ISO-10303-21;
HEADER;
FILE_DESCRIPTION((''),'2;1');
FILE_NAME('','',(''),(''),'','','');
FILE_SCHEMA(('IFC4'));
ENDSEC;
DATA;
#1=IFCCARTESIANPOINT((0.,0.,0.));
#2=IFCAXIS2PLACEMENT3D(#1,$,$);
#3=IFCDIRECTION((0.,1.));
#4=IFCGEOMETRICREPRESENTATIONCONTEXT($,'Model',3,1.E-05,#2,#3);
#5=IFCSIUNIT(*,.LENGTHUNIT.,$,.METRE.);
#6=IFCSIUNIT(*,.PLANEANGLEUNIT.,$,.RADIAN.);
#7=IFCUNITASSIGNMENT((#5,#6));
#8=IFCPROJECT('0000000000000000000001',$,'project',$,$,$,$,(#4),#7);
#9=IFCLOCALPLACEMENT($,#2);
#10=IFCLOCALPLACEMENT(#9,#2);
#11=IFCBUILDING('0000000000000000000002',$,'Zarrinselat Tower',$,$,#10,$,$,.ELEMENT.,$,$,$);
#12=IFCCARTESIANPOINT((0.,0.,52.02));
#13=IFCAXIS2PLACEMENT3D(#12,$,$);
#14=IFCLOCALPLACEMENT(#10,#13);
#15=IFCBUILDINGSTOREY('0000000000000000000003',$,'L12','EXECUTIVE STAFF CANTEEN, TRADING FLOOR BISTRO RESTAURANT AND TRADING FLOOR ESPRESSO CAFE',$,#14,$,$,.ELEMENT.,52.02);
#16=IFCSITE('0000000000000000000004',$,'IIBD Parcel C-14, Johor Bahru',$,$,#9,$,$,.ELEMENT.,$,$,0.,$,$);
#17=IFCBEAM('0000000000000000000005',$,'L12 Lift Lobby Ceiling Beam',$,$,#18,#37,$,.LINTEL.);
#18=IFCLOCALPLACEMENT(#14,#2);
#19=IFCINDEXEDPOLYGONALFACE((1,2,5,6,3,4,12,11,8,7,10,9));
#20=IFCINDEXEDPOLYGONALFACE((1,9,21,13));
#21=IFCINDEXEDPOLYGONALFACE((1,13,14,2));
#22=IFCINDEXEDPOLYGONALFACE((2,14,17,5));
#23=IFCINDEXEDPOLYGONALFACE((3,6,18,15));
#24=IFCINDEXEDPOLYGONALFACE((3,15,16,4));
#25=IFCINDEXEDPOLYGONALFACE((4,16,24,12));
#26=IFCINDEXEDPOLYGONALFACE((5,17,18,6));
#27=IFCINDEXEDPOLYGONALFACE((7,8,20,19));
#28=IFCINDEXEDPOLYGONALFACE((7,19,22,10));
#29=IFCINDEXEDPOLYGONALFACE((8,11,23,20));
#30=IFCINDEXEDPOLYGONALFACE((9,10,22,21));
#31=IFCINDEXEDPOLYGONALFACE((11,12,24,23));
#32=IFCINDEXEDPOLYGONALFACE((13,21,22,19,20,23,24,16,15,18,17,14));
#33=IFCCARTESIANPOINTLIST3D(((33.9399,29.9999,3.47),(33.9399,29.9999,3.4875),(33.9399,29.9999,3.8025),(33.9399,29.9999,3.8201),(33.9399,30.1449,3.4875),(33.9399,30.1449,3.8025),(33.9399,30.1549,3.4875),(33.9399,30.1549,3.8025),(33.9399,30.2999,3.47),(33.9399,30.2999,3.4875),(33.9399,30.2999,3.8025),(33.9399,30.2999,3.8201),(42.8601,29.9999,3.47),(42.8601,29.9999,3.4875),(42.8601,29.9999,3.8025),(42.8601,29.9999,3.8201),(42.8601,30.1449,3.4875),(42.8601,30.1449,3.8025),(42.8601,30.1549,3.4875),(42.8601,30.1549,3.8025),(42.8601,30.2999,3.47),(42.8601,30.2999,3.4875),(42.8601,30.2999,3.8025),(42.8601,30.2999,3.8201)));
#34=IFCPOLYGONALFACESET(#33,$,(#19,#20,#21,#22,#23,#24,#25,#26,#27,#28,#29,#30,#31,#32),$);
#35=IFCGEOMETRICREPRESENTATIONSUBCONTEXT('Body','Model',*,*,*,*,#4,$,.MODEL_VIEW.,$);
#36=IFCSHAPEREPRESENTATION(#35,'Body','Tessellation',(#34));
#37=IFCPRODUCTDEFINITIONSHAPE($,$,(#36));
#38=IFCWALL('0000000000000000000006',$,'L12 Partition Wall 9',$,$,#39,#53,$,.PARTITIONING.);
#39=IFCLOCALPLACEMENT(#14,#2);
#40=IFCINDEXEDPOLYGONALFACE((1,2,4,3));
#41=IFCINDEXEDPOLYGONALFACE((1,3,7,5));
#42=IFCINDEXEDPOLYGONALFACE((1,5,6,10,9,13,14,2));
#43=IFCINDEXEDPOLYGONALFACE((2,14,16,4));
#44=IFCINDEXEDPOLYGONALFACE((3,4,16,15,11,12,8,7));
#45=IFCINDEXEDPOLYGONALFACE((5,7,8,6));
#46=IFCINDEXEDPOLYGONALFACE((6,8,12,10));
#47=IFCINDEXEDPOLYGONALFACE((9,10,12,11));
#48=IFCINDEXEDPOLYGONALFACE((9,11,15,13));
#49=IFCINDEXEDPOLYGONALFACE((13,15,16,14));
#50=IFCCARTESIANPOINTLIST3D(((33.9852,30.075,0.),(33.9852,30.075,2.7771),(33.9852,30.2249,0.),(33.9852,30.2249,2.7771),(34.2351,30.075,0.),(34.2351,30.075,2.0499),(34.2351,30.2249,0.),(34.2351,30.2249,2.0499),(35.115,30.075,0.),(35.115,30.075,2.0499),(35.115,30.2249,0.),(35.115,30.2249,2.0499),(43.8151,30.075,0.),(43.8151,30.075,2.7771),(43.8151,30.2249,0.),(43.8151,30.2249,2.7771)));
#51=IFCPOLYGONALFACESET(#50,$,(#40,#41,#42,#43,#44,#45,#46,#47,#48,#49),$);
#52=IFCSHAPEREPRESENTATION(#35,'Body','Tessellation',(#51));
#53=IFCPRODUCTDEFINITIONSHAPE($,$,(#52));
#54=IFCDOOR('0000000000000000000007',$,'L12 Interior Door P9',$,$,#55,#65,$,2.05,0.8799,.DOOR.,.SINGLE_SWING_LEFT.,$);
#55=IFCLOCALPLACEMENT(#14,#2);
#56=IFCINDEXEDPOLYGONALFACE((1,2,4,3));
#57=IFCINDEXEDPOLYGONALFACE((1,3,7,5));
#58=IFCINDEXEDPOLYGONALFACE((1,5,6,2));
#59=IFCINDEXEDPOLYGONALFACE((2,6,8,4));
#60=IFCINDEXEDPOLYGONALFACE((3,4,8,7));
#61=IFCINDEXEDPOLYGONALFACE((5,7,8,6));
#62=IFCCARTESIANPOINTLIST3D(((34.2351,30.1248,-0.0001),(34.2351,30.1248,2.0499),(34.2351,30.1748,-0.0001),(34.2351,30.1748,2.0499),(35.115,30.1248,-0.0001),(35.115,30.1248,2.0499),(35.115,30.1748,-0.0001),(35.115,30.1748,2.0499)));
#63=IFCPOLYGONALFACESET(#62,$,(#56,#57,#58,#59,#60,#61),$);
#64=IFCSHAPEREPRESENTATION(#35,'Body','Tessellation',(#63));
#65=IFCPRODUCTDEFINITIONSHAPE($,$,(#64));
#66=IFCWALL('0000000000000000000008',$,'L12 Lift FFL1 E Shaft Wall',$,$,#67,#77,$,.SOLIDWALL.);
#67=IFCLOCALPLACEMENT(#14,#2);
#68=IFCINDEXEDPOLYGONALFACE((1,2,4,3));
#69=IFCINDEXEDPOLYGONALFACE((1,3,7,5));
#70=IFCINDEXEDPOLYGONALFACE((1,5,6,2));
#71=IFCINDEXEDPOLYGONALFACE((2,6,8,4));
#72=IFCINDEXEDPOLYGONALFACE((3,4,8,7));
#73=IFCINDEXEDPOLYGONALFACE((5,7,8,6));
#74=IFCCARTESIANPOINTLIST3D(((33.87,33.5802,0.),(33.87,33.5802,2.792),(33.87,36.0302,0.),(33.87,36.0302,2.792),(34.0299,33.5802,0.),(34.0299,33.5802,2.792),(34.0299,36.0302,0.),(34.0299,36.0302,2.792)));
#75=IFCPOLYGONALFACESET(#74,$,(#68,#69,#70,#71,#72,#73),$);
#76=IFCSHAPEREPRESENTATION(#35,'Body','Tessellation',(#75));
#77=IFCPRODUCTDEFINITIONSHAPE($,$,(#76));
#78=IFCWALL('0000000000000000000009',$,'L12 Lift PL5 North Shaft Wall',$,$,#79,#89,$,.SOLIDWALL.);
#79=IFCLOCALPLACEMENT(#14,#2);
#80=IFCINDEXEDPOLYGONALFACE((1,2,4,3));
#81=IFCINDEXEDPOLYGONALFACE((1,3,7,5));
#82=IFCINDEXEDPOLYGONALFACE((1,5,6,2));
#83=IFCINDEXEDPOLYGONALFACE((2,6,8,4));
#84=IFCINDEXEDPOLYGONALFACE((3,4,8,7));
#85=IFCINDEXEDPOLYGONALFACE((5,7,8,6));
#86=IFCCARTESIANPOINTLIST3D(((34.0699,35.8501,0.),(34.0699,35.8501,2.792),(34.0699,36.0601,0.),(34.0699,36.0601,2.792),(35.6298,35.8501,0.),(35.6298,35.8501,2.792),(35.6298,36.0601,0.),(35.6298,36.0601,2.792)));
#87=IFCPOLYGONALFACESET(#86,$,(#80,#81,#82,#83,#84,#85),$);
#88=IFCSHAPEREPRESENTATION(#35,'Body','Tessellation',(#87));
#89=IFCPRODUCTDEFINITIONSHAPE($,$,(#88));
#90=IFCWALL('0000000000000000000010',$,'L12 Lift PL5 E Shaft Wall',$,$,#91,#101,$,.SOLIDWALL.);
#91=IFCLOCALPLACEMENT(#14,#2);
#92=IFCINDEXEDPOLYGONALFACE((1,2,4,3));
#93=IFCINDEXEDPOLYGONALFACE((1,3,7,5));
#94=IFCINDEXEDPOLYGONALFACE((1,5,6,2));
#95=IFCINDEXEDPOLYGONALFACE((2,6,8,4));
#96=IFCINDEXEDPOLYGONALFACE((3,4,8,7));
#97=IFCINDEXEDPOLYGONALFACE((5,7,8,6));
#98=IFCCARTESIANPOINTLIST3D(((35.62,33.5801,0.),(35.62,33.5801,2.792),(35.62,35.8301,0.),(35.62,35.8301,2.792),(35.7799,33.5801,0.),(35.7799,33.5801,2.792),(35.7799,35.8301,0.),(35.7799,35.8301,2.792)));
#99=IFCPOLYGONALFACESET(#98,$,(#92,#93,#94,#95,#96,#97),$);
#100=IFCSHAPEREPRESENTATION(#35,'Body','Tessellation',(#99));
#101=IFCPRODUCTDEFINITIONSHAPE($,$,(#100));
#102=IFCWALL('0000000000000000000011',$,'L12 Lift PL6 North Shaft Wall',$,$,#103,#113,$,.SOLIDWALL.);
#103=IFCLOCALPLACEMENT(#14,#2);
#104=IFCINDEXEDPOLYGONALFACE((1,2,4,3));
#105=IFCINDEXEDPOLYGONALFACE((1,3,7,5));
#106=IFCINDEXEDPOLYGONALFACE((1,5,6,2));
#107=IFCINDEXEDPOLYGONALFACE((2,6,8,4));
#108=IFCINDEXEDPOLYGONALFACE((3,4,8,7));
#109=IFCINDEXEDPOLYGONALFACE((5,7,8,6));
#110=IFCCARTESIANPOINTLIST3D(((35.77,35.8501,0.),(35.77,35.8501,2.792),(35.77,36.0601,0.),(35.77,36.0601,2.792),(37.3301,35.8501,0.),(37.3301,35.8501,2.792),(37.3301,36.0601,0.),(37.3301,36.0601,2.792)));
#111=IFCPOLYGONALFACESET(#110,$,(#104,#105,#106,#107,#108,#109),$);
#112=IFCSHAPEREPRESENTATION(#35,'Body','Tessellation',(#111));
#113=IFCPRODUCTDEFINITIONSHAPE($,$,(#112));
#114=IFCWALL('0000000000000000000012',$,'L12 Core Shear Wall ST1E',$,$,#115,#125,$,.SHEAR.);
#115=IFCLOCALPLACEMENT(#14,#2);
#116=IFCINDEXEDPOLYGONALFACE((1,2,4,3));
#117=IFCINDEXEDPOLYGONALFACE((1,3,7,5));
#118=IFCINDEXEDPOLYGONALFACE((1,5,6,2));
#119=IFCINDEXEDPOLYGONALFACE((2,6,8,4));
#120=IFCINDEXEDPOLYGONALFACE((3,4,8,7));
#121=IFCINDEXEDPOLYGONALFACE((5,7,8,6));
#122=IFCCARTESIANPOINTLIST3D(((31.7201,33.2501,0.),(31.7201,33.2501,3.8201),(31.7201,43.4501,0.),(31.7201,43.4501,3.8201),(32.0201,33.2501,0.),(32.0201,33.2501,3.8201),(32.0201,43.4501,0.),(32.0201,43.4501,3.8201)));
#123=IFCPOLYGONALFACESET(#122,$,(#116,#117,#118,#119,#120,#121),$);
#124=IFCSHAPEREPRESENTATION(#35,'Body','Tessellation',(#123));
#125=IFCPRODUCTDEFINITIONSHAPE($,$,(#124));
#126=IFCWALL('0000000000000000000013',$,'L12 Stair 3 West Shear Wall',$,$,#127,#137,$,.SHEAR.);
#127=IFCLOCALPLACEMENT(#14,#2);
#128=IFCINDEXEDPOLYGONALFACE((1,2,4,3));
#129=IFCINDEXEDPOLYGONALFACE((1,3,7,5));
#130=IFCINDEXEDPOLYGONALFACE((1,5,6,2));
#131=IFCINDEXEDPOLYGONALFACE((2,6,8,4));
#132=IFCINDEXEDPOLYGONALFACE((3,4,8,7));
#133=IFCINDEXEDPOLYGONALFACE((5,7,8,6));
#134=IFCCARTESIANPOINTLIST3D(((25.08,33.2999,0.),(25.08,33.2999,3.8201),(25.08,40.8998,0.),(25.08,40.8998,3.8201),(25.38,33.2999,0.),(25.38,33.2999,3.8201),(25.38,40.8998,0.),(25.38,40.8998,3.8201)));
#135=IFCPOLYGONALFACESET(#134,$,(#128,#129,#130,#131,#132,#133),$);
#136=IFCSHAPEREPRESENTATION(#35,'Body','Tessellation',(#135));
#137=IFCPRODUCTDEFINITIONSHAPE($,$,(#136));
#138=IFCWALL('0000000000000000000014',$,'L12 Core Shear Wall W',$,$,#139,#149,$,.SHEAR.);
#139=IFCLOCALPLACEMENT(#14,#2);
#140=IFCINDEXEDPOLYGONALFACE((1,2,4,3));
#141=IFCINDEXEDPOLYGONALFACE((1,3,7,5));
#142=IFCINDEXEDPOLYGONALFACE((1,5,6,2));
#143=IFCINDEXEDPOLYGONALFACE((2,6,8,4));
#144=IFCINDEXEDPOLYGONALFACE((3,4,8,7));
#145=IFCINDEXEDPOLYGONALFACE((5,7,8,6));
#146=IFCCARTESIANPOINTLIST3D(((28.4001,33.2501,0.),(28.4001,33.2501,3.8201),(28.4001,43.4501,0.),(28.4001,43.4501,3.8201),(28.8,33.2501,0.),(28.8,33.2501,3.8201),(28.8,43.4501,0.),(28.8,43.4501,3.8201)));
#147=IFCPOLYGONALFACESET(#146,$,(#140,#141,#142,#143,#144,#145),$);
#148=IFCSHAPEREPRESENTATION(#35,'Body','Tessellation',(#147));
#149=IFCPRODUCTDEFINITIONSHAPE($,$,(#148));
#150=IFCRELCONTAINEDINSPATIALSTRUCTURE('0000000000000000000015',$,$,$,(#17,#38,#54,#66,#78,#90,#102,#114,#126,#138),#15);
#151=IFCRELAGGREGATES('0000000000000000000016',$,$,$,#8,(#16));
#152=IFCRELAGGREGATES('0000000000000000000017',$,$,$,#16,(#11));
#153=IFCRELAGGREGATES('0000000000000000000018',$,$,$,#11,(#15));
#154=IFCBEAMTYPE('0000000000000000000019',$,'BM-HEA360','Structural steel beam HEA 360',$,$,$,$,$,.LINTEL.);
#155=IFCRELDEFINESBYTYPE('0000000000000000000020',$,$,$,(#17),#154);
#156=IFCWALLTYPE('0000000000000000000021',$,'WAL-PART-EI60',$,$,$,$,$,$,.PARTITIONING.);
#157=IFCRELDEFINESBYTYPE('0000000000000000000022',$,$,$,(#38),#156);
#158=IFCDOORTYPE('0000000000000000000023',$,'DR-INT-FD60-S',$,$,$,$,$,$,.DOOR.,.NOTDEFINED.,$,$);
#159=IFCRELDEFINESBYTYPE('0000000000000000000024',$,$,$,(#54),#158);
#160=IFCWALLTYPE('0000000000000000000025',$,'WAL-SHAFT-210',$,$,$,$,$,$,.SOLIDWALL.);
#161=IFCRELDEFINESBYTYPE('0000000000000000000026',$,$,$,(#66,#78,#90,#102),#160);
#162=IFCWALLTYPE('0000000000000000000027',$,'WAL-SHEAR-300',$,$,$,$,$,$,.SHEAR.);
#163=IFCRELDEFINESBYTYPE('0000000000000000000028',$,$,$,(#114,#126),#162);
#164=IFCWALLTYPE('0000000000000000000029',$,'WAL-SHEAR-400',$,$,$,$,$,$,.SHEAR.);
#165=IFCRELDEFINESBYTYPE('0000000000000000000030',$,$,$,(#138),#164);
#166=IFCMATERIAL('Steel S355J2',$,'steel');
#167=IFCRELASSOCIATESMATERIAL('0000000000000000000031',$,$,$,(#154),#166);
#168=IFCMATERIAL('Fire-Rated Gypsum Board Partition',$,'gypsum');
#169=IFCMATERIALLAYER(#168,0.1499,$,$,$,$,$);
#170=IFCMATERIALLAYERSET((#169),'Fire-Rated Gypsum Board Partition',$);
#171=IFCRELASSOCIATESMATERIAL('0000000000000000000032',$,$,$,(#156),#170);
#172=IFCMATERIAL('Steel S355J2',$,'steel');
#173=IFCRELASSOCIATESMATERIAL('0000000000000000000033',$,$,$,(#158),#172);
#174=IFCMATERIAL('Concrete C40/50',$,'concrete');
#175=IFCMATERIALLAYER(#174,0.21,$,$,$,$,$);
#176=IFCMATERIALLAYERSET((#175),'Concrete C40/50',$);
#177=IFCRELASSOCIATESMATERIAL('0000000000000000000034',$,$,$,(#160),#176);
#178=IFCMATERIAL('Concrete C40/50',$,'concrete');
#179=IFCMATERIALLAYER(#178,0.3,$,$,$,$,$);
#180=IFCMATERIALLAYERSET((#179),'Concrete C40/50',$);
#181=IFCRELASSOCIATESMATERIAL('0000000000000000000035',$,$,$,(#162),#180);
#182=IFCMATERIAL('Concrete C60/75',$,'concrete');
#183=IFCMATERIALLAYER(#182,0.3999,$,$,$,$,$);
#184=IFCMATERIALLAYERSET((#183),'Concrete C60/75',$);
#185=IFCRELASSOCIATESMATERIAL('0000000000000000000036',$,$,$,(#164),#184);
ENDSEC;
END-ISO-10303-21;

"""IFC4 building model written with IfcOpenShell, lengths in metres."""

from ifc_helpers import new_model, si_unit, direction, frame, frame_2d, origin, origin_2d, place, context, subcontext, project, spatial, rectangle, i_section, extrude, material, layer, layer_set, material_profile, profile_set, type_object, element, fill, save


model = new_model("IFC4")

# Units and contexts
model_context = context("Model", 3, precision=1e-05, world=origin(), true_north=direction((0.0, 1.0)))
body_context = subcontext(model_context, "Body", "Model", "MODEL_VIEW")
ifc_project = project(units=[si_unit("LENGTHUNIT", "METRE"), si_unit("PLANEANGLEUNIT", "RADIAN")], contexts=[model_context])

# Site, building, storey
site_placement = place(None, origin())
site = spatial("IfcSite", under=ifc_project, at=site_placement, Name="IIBD Parcel C-14, Johor Bahru", CompositionType="ELEMENT", RefElevation=0.0)
building_placement = place(site_placement, origin())
building = spatial("IfcBuilding", under=site, at=building_placement, Name="Zarrinselat Tower", CompositionType="ELEMENT")
storey_placement = place(building_placement, frame((0.0, 0.0, 52.02)))
storey = spatial("IfcBuildingStorey", under=building, at=storey_placement, Name="L12", Description="EXECUTIVE STAFF CANTEEN, TRADING FLOOR BISTRO RESTAURANT AND TRADING FLOOR ESPRESSO CAFE", CompositionType="ELEMENT", Elevation=52.02)

# Beam
ifc_material_1 = material(Name="Steel S355J2", Category="steel")
ifc_material_profile = material_profile(ifc_material_1, i_section(OverallWidth=0.3, OverallDepth=0.3501, WebThickness=0.01, FlangeThickness=0.0176, at=origin_2d()), Name="HEA 360")
ifc_profile_set = profile_set([ifc_material_profile], Name="Steel S355J2")
beam_type = type_object("IfcBeamType", Name="BM-HEA360", Description="Structural steel beam HEA 360", PredefinedType="LINTEL", material=ifc_profile_set)
beam_placement = place(storey_placement, frame((33.9399, 30.1499, 3.645), z_axis=(1.0, 0.0, 0.0), x_axis=(0.0, 1.0, 0.0)))
element("IfcBeam", 1, at=beam_placement, inside=storey, type_object=beam_type, Name="L12 Lift Lobby Ceiling Beam", PredefinedType="LINTEL", context=body_context, shape_type="SweptSolid", body=[
    extrude(i_section(OverallWidth=0.3, OverallDepth=0.3501, WebThickness=0.01, FlangeThickness=0.0176, at=origin_2d()), origin(), (0.0, 0.0, 1.0), 8.9202),
])

# Wall, opening, door
ifc_material_2 = material(Name="Fire-Rated Gypsum Board Partition", Category="gypsum")
ifc_layer_1 = layer(ifc_material_2, 0.1499)
ifc_layer_set_1 = layer_set([ifc_layer_1], Name="Fire-Rated Gypsum Board Partition")
wall_type_1 = type_object("IfcWallType", Name="WAL-PART-EI60", PredefinedType="PARTITIONING", material=ifc_layer_set_1)
wall_1_placement = place(storey_placement, frame((33.9851, 30.1499, 0.0), z_axis=(0.0, 0.0, 1.0), x_axis=(1.0, 0.0, 0.0)))
wall_1 = element("IfcWall", 2, at=wall_1_placement, inside=storey, type_object=wall_type_1, Name="L12 Partition Wall 9", PredefinedType="PARTITIONING", context=body_context, shape_type="SweptSolid", body=[
    extrude(rectangle(XDim=9.8298, YDim=0.1499, at=frame_2d((4.915, 0.0))), origin(), (0.0, 0.0, 1.0), 2.7771),
])
opening_1_placement = place(wall_1_placement, frame((0.25, 0.0, 0.0)))
opening_1 = element("IfcOpeningElement", 3, at=opening_1_placement, cuts=wall_1, PredefinedType="OPENING", context=body_context, shape_type="SweptSolid", body=[
    extrude(rectangle(XDim=0.8799, YDim=2.05, at=frame_2d((0.4399, 1.0249))), frame((0.0, 0.085, 0.0), z_axis=(0.0, -1.0, 0.0), x_axis=(1.0, 0.0, 0.0)), (0.0, 0.0, 1.0), 0.1699),
])
ifc_material_3 = material(Name="Steel S355J2", Category="steel")
door_type_1 = type_object("IfcDoorType", Name="DR-INT-FD60-S", OperationType="NOTDEFINED", PredefinedType="DOOR", material=ifc_material_3)
door_1_placement = place(opening_1_placement, origin())
door_1 = element("IfcDoor", 4, at=door_1_placement, inside=storey, type_object=door_type_1, Name="L12 Interior Door P9", OperationType="SINGLE_SWING_LEFT", OverallHeight=2.05, OverallWidth=0.8799, PredefinedType="DOOR", context=body_context, shape_type="SweptSolid", body=[
    extrude(rectangle(XDim=0.8799, YDim=2.05, at=frame_2d((0.4399, 1.0249))), frame((0.0, 0.0249, 0.0), z_axis=(0.0, -1.0, 0.0), x_axis=(1.0, 0.0, 0.0)), (0.0, 0.0, 1.0), 0.05),
])
fill(opening_1, door_1)

# Walls
ifc_material_4 = material(Name="Concrete C40/50", Category="concrete")
ifc_layer_2 = layer(ifc_material_4, 0.21)
ifc_layer_set_2 = layer_set([ifc_layer_2], Name="Concrete C40/50")
wall_type_2 = type_object("IfcWallType", Name="WAL-SHAFT-210", PredefinedType="SOLIDWALL", material=ifc_layer_set_2)
wall_2_placement = place(storey_placement, frame((33.95, 33.5801, 0.0), z_axis=(0.0, 0.0, 1.0), x_axis=(0.0, 1.0, 0.0)))
element("IfcWall", 5, at=wall_2_placement, inside=storey, type_object=wall_type_2, Name="L12 Lift FFL1 E Shaft Wall", PredefinedType="SOLIDWALL", context=body_context, shape_type="SweptSolid", body=[
    extrude(rectangle(XDim=2.45, YDim=0.1599, at=frame_2d((1.2251, 0.0))), origin(), (0.0, 0.0, 1.0), 2.792),
])
wall_3_placement = place(storey_placement, frame((34.0701, 35.9551, 0.0), z_axis=(0.0, 0.0, 1.0), x_axis=(1.0, 0.0, 0.0)))
element("IfcWall", 6, at=wall_3_placement, inside=storey, type_object=wall_type_2, Name="L12 Lift PL5 North Shaft Wall", PredefinedType="SOLIDWALL", context=body_context, shape_type="SweptSolid", body=[
    extrude(rectangle(XDim=1.5598, YDim=0.21, at=frame_2d((0.7798, 0.0))), origin(), (0.0, 0.0, 1.0), 2.792),
])
wall_4_placement = place(storey_placement, frame((35.7, 33.5801, 0.0), z_axis=(0.0, 0.0, 1.0), x_axis=(0.0, 1.0, 0.0)))
element("IfcWall", 7, at=wall_4_placement, inside=storey, type_object=wall_type_2, Name="L12 Lift PL5 E Shaft Wall", PredefinedType="SOLIDWALL", context=body_context, shape_type="SweptSolid", body=[
    extrude(rectangle(XDim=2.25, YDim=0.1599, at=frame_2d((1.125, 0.0))), origin(), (0.0, 0.0, 1.0), 2.792),
])
wall_5_placement = place(storey_placement, frame((35.77, 35.9551, 0.0), z_axis=(0.0, 0.0, 1.0), x_axis=(1.0, 0.0, 0.0)))
element("IfcWall", 8, at=wall_5_placement, inside=storey, type_object=wall_type_2, Name="L12 Lift PL6 North Shaft Wall", PredefinedType="SOLIDWALL", context=body_context, shape_type="SweptSolid", body=[
    extrude(rectangle(XDim=1.5601, YDim=0.21, at=frame_2d((0.78, 0.0))), origin(), (0.0, 0.0, 1.0), 2.792),
])
ifc_material_5 = material(Name="Concrete C40/50", Category="concrete")
ifc_layer_3 = layer(ifc_material_5, 0.3)
ifc_layer_set_3 = layer_set([ifc_layer_3], Name="Concrete C40/50")
wall_type_3 = type_object("IfcWallType", Name="WAL-SHEAR-300", PredefinedType="SHEAR", material=ifc_layer_set_3)
wall_6_placement = place(storey_placement, frame((31.8701, 33.25, 0.0), z_axis=(0.0, 0.0, 1.0), x_axis=(0.0, 1.0, 0.0)))
element("IfcWall", 9, at=wall_6_placement, inside=storey, type_object=wall_type_3, Name="L12 Core Shear Wall ST1E", PredefinedType="SHEAR", context=body_context, shape_type="SweptSolid", body=[
    extrude(rectangle(XDim=10.2, YDim=0.3, at=frame_2d((5.1001, 0.0))), origin(), (0.0, 0.0, 1.0), 3.8201),
])
wall_7_placement = place(storey_placement, frame((25.23, 33.3, 0.0), z_axis=(0.0, 0.0, 1.0), x_axis=(0.0, 1.0, 0.0)))
element("IfcWall", 10, at=wall_7_placement, inside=storey, type_object=wall_type_3, Name="L12 Stair 3 West Shear Wall", PredefinedType="SHEAR", context=body_context, shape_type="SweptSolid", body=[
    extrude(rectangle(XDim=7.5999, YDim=0.3, at=frame_2d((3.7998, 0.0))), origin(), (0.0, 0.0, 1.0), 3.8201),
])

# Shared definitions
ifc_material_6 = material(Name="Concrete C60/75", Category="concrete")
ifc_layer_4 = layer(ifc_material_6, 0.3999)
ifc_layer_set_4 = layer_set([ifc_layer_4], Name="Concrete C60/75")
wall_type_4 = type_object("IfcWallType", Name="WAL-SHEAR-400", PredefinedType="SHEAR", material=ifc_layer_set_4)

# Wall
wall_8_placement = place(storey_placement, frame((28.6001, 33.25, 0.0), z_axis=(0.0, 0.0, 1.0), x_axis=(0.0, 1.0, 0.0)))
element("IfcWall", 11, at=wall_8_placement, inside=storey, type_object=wall_type_4, Name="L12 Core Shear Wall W", PredefinedType="SHEAR", context=body_context, shape_type="SweptSolid", body=[
    extrude(rectangle(XDim=10.2, YDim=0.3999, at=frame_2d((5.1001, 0.0))), origin(), (0.0, 0.0, 1.0), 3.8201),
])

save(model, "model.ifc")
